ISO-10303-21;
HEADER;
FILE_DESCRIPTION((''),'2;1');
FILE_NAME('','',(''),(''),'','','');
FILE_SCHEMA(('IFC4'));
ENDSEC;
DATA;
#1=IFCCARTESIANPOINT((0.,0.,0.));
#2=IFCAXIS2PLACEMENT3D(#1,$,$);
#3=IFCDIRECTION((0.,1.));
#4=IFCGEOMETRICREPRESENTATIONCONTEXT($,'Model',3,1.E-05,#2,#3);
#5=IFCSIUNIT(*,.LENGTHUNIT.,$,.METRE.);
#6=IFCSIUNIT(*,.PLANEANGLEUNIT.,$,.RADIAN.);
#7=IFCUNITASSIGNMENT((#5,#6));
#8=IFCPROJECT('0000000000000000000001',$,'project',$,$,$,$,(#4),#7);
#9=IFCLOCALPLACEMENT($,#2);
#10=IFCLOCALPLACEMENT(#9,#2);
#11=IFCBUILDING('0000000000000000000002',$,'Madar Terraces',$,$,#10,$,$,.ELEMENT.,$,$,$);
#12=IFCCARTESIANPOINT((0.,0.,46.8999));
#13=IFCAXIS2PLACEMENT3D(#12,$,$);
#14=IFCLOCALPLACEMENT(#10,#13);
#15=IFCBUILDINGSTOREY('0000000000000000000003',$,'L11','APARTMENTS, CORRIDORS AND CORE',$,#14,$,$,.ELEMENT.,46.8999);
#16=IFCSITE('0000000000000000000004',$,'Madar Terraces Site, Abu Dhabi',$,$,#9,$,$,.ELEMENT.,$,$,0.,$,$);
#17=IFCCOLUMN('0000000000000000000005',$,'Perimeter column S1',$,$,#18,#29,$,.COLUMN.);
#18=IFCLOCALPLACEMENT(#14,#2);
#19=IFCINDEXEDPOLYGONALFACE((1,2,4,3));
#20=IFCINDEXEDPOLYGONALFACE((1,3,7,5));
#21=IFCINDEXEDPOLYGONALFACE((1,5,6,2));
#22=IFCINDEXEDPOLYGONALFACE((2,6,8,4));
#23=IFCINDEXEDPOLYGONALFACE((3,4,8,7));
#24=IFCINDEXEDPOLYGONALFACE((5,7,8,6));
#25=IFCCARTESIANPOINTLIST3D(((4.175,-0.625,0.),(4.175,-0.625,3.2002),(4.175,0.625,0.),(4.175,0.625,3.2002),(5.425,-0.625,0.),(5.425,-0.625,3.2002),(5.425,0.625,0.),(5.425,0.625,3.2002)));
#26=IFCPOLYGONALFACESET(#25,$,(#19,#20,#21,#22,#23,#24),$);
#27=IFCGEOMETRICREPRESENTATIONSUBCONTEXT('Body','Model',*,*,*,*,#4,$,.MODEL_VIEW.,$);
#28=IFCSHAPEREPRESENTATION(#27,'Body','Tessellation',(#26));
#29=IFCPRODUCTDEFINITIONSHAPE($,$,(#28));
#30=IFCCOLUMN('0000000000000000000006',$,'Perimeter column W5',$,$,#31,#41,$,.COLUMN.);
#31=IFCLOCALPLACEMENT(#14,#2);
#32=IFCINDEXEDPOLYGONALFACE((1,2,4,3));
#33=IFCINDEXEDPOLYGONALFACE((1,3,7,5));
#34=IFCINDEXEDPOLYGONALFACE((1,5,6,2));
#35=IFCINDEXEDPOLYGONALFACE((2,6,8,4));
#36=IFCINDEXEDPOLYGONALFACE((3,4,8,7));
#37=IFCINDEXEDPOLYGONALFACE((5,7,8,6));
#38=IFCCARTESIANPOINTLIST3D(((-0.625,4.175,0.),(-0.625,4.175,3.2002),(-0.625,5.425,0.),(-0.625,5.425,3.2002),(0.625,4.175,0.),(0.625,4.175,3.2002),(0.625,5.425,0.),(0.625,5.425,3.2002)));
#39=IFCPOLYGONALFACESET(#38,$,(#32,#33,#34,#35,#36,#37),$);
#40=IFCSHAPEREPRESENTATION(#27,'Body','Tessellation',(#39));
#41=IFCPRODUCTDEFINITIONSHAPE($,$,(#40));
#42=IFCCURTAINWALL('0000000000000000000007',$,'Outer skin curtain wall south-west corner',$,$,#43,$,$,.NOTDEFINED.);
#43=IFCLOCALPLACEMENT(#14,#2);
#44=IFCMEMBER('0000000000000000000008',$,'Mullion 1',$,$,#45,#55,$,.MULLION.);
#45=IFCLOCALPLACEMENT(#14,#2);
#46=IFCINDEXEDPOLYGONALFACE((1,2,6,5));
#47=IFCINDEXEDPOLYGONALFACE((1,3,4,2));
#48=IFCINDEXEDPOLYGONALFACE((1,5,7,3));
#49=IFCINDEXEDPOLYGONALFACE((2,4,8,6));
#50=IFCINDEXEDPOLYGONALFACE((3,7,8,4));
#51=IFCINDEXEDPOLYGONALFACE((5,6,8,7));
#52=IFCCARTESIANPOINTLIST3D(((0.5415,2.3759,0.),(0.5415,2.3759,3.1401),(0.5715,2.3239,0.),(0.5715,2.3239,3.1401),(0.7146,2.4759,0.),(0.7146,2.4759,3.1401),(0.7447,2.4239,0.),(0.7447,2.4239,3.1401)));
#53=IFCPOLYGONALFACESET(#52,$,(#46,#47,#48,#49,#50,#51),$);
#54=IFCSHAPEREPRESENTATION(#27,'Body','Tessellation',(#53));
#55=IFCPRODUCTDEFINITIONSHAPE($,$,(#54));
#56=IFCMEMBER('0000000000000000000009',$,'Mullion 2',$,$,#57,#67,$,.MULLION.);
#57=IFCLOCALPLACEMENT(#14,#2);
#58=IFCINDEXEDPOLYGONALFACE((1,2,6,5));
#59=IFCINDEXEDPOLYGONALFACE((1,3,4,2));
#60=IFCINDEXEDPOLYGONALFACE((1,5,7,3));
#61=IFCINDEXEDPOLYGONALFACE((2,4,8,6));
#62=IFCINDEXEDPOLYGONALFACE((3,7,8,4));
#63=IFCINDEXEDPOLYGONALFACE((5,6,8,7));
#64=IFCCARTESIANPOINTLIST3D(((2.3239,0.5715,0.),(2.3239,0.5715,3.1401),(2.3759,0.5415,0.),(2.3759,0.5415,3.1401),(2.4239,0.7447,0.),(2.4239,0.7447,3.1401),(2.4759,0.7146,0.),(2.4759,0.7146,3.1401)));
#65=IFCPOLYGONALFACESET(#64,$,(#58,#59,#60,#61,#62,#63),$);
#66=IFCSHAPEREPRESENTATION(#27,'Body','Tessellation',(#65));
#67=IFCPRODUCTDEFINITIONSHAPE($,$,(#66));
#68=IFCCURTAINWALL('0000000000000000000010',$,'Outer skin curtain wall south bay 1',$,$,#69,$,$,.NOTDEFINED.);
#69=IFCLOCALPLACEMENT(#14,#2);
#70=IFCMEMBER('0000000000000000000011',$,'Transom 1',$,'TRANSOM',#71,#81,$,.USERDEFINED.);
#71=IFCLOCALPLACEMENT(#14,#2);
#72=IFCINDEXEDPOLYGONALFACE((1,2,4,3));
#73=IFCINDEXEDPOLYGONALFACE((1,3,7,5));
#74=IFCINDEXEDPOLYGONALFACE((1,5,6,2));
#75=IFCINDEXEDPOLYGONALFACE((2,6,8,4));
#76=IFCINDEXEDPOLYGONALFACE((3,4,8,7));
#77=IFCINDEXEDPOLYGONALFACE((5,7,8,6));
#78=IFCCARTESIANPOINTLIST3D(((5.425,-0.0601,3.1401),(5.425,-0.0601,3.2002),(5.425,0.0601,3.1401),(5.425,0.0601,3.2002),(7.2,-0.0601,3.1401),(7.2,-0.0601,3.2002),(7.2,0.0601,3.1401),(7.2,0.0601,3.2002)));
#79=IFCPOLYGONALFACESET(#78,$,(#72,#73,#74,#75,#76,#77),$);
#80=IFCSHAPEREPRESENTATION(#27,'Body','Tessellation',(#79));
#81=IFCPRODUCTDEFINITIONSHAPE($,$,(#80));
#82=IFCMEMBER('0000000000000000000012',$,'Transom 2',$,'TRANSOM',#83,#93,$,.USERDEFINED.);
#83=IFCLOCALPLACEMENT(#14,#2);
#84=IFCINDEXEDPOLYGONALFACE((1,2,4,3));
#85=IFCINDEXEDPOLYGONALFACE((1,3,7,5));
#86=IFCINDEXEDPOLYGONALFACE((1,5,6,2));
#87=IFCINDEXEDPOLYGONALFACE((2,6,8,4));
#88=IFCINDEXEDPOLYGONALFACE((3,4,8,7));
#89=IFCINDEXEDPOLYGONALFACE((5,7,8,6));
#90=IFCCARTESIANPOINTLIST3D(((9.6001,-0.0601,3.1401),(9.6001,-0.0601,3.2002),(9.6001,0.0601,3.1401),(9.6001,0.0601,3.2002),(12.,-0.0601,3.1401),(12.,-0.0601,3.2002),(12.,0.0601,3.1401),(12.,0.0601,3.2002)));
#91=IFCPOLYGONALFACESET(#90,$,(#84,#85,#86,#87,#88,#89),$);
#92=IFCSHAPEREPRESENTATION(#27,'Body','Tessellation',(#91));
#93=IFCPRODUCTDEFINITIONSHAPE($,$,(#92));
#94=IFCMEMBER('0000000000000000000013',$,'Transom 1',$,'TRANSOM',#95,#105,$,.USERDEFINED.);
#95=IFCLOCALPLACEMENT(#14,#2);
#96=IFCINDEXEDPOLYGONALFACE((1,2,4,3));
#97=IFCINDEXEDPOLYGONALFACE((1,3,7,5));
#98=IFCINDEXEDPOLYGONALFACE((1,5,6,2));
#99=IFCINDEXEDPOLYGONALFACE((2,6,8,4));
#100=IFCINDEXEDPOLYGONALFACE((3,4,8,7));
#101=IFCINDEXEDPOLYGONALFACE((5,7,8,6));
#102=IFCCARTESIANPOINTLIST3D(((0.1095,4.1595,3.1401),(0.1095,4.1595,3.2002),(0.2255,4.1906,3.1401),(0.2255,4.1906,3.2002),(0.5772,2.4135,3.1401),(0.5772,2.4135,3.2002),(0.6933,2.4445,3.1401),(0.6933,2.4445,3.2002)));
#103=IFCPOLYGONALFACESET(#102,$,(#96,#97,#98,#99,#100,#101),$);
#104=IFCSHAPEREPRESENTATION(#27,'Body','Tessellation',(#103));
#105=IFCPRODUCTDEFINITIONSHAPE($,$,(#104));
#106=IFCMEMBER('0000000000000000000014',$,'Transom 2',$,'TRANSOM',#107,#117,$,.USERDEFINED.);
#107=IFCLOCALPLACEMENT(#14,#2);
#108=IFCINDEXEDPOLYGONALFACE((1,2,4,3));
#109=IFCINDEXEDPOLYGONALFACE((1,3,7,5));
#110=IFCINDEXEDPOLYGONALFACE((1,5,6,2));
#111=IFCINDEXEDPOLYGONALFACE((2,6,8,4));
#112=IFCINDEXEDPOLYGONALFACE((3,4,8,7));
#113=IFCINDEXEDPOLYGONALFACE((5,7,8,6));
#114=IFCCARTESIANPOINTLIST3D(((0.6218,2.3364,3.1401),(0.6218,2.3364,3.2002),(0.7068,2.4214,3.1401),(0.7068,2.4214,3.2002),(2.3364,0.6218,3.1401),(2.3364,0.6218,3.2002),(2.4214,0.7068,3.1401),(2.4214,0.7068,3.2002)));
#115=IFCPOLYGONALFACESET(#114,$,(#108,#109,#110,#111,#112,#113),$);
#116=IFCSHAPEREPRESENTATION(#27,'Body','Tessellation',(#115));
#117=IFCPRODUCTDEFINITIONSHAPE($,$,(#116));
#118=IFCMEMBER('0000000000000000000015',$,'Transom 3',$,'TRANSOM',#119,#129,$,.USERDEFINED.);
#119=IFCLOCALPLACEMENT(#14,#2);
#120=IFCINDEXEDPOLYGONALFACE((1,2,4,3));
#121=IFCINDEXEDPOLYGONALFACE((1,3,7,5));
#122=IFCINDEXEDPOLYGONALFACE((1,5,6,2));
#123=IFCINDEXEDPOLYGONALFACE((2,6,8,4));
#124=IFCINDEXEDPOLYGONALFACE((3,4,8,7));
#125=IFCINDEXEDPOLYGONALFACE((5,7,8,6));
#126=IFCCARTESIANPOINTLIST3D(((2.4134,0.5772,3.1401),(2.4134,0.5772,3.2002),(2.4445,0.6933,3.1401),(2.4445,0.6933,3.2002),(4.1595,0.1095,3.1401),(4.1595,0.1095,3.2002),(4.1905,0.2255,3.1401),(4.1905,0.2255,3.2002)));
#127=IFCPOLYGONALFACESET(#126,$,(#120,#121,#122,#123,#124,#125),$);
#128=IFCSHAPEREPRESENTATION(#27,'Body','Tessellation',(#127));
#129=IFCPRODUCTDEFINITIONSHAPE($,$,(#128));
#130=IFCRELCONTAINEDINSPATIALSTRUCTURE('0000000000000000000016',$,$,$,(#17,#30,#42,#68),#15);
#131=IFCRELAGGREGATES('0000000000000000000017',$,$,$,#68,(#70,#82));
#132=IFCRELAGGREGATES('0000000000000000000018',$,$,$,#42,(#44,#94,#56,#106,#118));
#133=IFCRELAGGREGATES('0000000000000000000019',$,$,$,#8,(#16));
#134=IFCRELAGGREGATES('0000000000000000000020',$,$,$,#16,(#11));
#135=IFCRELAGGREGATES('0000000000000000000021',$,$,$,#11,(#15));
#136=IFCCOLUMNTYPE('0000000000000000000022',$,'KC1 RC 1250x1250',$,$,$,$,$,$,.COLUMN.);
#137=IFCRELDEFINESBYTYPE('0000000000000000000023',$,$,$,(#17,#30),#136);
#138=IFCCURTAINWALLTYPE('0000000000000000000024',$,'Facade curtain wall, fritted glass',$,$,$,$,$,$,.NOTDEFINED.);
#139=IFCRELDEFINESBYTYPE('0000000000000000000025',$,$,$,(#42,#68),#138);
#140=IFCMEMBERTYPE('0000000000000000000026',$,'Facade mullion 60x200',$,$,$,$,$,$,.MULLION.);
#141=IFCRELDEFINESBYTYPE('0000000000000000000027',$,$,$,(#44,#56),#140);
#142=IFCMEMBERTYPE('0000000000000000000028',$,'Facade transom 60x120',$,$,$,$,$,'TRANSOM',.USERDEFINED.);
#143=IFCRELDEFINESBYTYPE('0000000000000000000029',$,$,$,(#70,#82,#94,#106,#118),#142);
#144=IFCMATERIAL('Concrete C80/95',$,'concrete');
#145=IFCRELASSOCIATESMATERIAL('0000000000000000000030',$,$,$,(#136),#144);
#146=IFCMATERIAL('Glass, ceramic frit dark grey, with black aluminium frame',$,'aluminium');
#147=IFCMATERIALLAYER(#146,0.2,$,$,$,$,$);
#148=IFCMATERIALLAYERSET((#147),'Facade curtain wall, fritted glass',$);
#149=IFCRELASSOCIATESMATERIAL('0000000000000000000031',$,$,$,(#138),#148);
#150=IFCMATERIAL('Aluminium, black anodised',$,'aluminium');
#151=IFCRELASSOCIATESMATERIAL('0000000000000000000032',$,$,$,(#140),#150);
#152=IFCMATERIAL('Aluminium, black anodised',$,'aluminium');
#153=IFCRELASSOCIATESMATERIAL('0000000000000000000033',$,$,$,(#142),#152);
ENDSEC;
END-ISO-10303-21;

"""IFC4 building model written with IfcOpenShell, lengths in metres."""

from ifc_helpers import new_model, si_unit, direction, frame, origin, origin_2d, place, context, subcontext, project, spatial, rectangle, extrude, material, layer, layer_set, material_profile, profile_set, type_object, element, aggregate, save


model = new_model("IFC4")

# Units and contexts
model_context = context("Model", 3, precision=1e-05, world=origin(), true_north=direction((0.0, 1.0)))
body_context = subcontext(model_context, "Body", "Model", "MODEL_VIEW")
ifc_project = project(units=[si_unit("LENGTHUNIT", "METRE"), si_unit("PLANEANGLEUNIT", "RADIAN")], contexts=[model_context])

# Site, building, storey
site_placement = place(None, origin())
site = spatial("IfcSite", under=ifc_project, at=site_placement, Name="Madar Terraces Site, Abu Dhabi", CompositionType="ELEMENT", RefElevation=0.0)
building_placement = place(site_placement, origin())
building = spatial("IfcBuilding", under=site, at=building_placement, Name="Madar Terraces", CompositionType="ELEMENT")
storey_placement = place(building_placement, frame((0.0, 0.0, 46.8999)))
storey = spatial("IfcBuildingStorey", under=building, at=storey_placement, Name="L11", Description="APARTMENTS, CORRIDORS AND CORE", CompositionType="ELEMENT", Elevation=46.8999)

# Columns
ifc_material_1 = material(Name="Concrete C80/95", Category="concrete")
ifc_material_profile_1 = material_profile(ifc_material_1, rectangle(XDim=1.25, YDim=1.25, at=origin_2d()), Name="KC1 RC 1250x1250")
ifc_profile_set_1 = profile_set([ifc_material_profile_1], Name="Concrete C80/95")
column_type = type_object("IfcColumnType", Name="KC1 RC 1250x1250", PredefinedType="COLUMN", material=ifc_profile_set_1)
for number, where, z_axis, x_axis, name in (
    (1, (4.8, 0.0, 0.0), (0.0, 0.0, 1.0), (1.0, 0.0, 0.0), "Perimeter column S1"),
    (2, (0.0, 4.8, 0.0), (0.0, 0.0, 1.0), (1.0, 0.0, 0.0), "Perimeter column W5"),
):
    element("IfcColumn", number, at=place(storey_placement, frame(where, z_axis=z_axis, x_axis=x_axis)), inside=storey, type_object=column_type, Name=name, PredefinedType="COLUMN", context=body_context, shape_type="SweptSolid", body=[
        extrude(rectangle(XDim=1.25, YDim=1.25, at=origin_2d()), origin(), (0.0, 0.0, 1.0), 3.2002),
    ])

# Curtain walls, members
ifc_material_2 = material(Name="Glass, ceramic frit dark grey, with black aluminium frame", Category="aluminium")
ifc_layer_1 = layer(ifc_material_2, 0.2)
ifc_layer_set_1 = layer_set([ifc_layer_1], Name="Facade curtain wall, fritted glass")
curtain_wall_type = type_object("IfcCurtainWallType", Name="Facade curtain wall, fritted glass", PredefinedType="NOTDEFINED", material=ifc_layer_set_1)
curtain_wall_1_placement = place(storey_placement, origin())
curtain_wall_1 = element("IfcCurtainWall", 3, at=curtain_wall_1_placement, inside=storey, type_object=curtain_wall_type, Name="Outer skin curtain wall south-west corner", PredefinedType="NOTDEFINED")
ifc_material_3 = material(Name="Aluminium, black anodised", Category="aluminium")
ifc_material_profile_2 = material_profile(ifc_material_3, rectangle(XDim=0.2, YDim=0.0601, at=origin_2d()), Name="Facade mullion 60x200")
ifc_profile_set_2 = profile_set([ifc_material_profile_2], Name="Aluminium, black anodised")
member_type_1 = type_object("IfcMemberType", Name="Facade mullion 60x200", PredefinedType="MULLION", material=ifc_profile_set_2)
member_1_placement = place(storey_placement, frame((0.6431, 2.3999, 0.0), z_axis=(0.0, 0.0, 1.0), x_axis=(0.866025, 0.5, 0.0)))
member_1 = element("IfcMember", 4, at=member_1_placement, type_object=member_type_1, Name="Mullion 1", PredefinedType="MULLION", context=body_context, shape_type="SweptSolid", body=[
    extrude(rectangle(XDim=0.2, YDim=0.0601, at=origin_2d()), origin(), (0.0, 0.0, 1.0), 3.1401),
])
member_2_placement = place(storey_placement, frame((2.3999, 0.6431, 0.0), z_axis=(0.0, 0.0, 1.0), x_axis=(0.5, 0.866025, 0.0)))
member_2 = element("IfcMember", 5, at=member_2_placement, type_object=member_type_1, Name="Mullion 2", PredefinedType="MULLION", context=body_context, shape_type="SweptSolid", body=[
    extrude(rectangle(XDim=0.2, YDim=0.0601, at=origin_2d()), origin(), (0.0, 0.0, 1.0), 3.1401),
])
curtain_wall_2_placement = place(storey_placement, origin())
curtain_wall_2 = element("IfcCurtainWall", 6, at=curtain_wall_2_placement, inside=storey, type_object=curtain_wall_type, Name="Outer skin curtain wall south bay 1", PredefinedType="NOTDEFINED")
ifc_material_4 = material(Name="Aluminium, black anodised", Category="aluminium")
ifc_material_profile_3 = material_profile(ifc_material_4, rectangle(XDim=0.1201, YDim=0.0601, at=origin_2d()), Name="Facade transom 60x120")
ifc_profile_set_3 = profile_set([ifc_material_profile_3], Name="Aluminium, black anodised")
member_type_2 = type_object("IfcMemberType", Name="Facade transom 60x120", ElementType="TRANSOM", PredefinedType="USERDEFINED", material=ifc_profile_set_3)
member_3_placement = place(storey_placement, frame((5.425, 0.0, 3.1702), z_axis=(1.0, 0.0, 0.0), x_axis=(0.0, 1.0, 0.0)))
member_3 = element("IfcMember", 7, at=member_3_placement, type_object=member_type_2, Name="Transom 1", ObjectType="TRANSOM", PredefinedType="USERDEFINED", context=body_context, shape_type="SweptSolid", body=[
    extrude(rectangle(XDim=0.1201, YDim=0.0601, at=origin_2d()), origin(), (0.0, 0.0, 1.0), 1.7749),
])
member_4_placement = place(storey_placement, frame((9.6001, 0.0, 3.1702), z_axis=(1.0, 0.0, 0.0), x_axis=(0.0, 1.0, 0.0)))
member_4 = element("IfcMember", 8, at=member_4_placement, type_object=member_type_2, Name="Transom 2", ObjectType="TRANSOM", PredefinedType="USERDEFINED", context=body_context, shape_type="SweptSolid", body=[
    extrude(rectangle(XDim=0.1201, YDim=0.0601, at=origin_2d()), origin(), (0.0, 0.0, 1.0), 2.3999),
])

# Members
member_5_placement = place(storey_placement, frame((0.1675, 4.175, 3.1702), z_axis=(0.258772, -0.965938, 0.0), x_axis=(0.965938, 0.258772, 0.0)))
member_5 = element("IfcMember", 9, at=member_5_placement, type_object=member_type_2, Name="Transom 1", ObjectType="TRANSOM", PredefinedType="USERDEFINED", context=body_context, shape_type="SweptSolid", body=[
    extrude(rectangle(XDim=0.1201, YDim=0.0601, at=origin_2d()), origin(), (0.0, 0.0, 1.0), 1.8076),
])
member_6_placement = place(storey_placement, frame((0.6643, 2.3789, 3.1702), z_axis=(0.707107, -0.707107, 0.0), x_axis=(0.707107, 0.707107, 0.0)))
member_6 = element("IfcMember", 10, at=member_6_placement, type_object=member_type_2, Name="Transom 2", ObjectType="TRANSOM", PredefinedType="USERDEFINED", context=body_context, shape_type="SweptSolid", body=[
    extrude(rectangle(XDim=0.1201, YDim=0.0601, at=origin_2d()), origin(), (0.0, 0.0, 1.0), 2.4248),
])
member_7_placement = place(storey_placement, frame((2.429, 0.6353, 3.1702), z_axis=(0.965938, -0.258772, 0.0), x_axis=(0.258772, 0.965938, 0.0)))
member_7 = element("IfcMember", 11, at=member_7_placement, type_object=member_type_2, Name="Transom 3", ObjectType="TRANSOM", PredefinedType="USERDEFINED", context=body_context, shape_type="SweptSolid", body=[
    extrude(rectangle(XDim=0.1201, YDim=0.0601, at=origin_2d()), origin(), (0.0, 0.0, 1.0), 1.8076),
])

aggregate(curtain_wall_2, [member_3, member_4])
aggregate(curtain_wall_1, [member_1, member_5, member_2, member_6, member_7])

save(model, "model.ifc")
